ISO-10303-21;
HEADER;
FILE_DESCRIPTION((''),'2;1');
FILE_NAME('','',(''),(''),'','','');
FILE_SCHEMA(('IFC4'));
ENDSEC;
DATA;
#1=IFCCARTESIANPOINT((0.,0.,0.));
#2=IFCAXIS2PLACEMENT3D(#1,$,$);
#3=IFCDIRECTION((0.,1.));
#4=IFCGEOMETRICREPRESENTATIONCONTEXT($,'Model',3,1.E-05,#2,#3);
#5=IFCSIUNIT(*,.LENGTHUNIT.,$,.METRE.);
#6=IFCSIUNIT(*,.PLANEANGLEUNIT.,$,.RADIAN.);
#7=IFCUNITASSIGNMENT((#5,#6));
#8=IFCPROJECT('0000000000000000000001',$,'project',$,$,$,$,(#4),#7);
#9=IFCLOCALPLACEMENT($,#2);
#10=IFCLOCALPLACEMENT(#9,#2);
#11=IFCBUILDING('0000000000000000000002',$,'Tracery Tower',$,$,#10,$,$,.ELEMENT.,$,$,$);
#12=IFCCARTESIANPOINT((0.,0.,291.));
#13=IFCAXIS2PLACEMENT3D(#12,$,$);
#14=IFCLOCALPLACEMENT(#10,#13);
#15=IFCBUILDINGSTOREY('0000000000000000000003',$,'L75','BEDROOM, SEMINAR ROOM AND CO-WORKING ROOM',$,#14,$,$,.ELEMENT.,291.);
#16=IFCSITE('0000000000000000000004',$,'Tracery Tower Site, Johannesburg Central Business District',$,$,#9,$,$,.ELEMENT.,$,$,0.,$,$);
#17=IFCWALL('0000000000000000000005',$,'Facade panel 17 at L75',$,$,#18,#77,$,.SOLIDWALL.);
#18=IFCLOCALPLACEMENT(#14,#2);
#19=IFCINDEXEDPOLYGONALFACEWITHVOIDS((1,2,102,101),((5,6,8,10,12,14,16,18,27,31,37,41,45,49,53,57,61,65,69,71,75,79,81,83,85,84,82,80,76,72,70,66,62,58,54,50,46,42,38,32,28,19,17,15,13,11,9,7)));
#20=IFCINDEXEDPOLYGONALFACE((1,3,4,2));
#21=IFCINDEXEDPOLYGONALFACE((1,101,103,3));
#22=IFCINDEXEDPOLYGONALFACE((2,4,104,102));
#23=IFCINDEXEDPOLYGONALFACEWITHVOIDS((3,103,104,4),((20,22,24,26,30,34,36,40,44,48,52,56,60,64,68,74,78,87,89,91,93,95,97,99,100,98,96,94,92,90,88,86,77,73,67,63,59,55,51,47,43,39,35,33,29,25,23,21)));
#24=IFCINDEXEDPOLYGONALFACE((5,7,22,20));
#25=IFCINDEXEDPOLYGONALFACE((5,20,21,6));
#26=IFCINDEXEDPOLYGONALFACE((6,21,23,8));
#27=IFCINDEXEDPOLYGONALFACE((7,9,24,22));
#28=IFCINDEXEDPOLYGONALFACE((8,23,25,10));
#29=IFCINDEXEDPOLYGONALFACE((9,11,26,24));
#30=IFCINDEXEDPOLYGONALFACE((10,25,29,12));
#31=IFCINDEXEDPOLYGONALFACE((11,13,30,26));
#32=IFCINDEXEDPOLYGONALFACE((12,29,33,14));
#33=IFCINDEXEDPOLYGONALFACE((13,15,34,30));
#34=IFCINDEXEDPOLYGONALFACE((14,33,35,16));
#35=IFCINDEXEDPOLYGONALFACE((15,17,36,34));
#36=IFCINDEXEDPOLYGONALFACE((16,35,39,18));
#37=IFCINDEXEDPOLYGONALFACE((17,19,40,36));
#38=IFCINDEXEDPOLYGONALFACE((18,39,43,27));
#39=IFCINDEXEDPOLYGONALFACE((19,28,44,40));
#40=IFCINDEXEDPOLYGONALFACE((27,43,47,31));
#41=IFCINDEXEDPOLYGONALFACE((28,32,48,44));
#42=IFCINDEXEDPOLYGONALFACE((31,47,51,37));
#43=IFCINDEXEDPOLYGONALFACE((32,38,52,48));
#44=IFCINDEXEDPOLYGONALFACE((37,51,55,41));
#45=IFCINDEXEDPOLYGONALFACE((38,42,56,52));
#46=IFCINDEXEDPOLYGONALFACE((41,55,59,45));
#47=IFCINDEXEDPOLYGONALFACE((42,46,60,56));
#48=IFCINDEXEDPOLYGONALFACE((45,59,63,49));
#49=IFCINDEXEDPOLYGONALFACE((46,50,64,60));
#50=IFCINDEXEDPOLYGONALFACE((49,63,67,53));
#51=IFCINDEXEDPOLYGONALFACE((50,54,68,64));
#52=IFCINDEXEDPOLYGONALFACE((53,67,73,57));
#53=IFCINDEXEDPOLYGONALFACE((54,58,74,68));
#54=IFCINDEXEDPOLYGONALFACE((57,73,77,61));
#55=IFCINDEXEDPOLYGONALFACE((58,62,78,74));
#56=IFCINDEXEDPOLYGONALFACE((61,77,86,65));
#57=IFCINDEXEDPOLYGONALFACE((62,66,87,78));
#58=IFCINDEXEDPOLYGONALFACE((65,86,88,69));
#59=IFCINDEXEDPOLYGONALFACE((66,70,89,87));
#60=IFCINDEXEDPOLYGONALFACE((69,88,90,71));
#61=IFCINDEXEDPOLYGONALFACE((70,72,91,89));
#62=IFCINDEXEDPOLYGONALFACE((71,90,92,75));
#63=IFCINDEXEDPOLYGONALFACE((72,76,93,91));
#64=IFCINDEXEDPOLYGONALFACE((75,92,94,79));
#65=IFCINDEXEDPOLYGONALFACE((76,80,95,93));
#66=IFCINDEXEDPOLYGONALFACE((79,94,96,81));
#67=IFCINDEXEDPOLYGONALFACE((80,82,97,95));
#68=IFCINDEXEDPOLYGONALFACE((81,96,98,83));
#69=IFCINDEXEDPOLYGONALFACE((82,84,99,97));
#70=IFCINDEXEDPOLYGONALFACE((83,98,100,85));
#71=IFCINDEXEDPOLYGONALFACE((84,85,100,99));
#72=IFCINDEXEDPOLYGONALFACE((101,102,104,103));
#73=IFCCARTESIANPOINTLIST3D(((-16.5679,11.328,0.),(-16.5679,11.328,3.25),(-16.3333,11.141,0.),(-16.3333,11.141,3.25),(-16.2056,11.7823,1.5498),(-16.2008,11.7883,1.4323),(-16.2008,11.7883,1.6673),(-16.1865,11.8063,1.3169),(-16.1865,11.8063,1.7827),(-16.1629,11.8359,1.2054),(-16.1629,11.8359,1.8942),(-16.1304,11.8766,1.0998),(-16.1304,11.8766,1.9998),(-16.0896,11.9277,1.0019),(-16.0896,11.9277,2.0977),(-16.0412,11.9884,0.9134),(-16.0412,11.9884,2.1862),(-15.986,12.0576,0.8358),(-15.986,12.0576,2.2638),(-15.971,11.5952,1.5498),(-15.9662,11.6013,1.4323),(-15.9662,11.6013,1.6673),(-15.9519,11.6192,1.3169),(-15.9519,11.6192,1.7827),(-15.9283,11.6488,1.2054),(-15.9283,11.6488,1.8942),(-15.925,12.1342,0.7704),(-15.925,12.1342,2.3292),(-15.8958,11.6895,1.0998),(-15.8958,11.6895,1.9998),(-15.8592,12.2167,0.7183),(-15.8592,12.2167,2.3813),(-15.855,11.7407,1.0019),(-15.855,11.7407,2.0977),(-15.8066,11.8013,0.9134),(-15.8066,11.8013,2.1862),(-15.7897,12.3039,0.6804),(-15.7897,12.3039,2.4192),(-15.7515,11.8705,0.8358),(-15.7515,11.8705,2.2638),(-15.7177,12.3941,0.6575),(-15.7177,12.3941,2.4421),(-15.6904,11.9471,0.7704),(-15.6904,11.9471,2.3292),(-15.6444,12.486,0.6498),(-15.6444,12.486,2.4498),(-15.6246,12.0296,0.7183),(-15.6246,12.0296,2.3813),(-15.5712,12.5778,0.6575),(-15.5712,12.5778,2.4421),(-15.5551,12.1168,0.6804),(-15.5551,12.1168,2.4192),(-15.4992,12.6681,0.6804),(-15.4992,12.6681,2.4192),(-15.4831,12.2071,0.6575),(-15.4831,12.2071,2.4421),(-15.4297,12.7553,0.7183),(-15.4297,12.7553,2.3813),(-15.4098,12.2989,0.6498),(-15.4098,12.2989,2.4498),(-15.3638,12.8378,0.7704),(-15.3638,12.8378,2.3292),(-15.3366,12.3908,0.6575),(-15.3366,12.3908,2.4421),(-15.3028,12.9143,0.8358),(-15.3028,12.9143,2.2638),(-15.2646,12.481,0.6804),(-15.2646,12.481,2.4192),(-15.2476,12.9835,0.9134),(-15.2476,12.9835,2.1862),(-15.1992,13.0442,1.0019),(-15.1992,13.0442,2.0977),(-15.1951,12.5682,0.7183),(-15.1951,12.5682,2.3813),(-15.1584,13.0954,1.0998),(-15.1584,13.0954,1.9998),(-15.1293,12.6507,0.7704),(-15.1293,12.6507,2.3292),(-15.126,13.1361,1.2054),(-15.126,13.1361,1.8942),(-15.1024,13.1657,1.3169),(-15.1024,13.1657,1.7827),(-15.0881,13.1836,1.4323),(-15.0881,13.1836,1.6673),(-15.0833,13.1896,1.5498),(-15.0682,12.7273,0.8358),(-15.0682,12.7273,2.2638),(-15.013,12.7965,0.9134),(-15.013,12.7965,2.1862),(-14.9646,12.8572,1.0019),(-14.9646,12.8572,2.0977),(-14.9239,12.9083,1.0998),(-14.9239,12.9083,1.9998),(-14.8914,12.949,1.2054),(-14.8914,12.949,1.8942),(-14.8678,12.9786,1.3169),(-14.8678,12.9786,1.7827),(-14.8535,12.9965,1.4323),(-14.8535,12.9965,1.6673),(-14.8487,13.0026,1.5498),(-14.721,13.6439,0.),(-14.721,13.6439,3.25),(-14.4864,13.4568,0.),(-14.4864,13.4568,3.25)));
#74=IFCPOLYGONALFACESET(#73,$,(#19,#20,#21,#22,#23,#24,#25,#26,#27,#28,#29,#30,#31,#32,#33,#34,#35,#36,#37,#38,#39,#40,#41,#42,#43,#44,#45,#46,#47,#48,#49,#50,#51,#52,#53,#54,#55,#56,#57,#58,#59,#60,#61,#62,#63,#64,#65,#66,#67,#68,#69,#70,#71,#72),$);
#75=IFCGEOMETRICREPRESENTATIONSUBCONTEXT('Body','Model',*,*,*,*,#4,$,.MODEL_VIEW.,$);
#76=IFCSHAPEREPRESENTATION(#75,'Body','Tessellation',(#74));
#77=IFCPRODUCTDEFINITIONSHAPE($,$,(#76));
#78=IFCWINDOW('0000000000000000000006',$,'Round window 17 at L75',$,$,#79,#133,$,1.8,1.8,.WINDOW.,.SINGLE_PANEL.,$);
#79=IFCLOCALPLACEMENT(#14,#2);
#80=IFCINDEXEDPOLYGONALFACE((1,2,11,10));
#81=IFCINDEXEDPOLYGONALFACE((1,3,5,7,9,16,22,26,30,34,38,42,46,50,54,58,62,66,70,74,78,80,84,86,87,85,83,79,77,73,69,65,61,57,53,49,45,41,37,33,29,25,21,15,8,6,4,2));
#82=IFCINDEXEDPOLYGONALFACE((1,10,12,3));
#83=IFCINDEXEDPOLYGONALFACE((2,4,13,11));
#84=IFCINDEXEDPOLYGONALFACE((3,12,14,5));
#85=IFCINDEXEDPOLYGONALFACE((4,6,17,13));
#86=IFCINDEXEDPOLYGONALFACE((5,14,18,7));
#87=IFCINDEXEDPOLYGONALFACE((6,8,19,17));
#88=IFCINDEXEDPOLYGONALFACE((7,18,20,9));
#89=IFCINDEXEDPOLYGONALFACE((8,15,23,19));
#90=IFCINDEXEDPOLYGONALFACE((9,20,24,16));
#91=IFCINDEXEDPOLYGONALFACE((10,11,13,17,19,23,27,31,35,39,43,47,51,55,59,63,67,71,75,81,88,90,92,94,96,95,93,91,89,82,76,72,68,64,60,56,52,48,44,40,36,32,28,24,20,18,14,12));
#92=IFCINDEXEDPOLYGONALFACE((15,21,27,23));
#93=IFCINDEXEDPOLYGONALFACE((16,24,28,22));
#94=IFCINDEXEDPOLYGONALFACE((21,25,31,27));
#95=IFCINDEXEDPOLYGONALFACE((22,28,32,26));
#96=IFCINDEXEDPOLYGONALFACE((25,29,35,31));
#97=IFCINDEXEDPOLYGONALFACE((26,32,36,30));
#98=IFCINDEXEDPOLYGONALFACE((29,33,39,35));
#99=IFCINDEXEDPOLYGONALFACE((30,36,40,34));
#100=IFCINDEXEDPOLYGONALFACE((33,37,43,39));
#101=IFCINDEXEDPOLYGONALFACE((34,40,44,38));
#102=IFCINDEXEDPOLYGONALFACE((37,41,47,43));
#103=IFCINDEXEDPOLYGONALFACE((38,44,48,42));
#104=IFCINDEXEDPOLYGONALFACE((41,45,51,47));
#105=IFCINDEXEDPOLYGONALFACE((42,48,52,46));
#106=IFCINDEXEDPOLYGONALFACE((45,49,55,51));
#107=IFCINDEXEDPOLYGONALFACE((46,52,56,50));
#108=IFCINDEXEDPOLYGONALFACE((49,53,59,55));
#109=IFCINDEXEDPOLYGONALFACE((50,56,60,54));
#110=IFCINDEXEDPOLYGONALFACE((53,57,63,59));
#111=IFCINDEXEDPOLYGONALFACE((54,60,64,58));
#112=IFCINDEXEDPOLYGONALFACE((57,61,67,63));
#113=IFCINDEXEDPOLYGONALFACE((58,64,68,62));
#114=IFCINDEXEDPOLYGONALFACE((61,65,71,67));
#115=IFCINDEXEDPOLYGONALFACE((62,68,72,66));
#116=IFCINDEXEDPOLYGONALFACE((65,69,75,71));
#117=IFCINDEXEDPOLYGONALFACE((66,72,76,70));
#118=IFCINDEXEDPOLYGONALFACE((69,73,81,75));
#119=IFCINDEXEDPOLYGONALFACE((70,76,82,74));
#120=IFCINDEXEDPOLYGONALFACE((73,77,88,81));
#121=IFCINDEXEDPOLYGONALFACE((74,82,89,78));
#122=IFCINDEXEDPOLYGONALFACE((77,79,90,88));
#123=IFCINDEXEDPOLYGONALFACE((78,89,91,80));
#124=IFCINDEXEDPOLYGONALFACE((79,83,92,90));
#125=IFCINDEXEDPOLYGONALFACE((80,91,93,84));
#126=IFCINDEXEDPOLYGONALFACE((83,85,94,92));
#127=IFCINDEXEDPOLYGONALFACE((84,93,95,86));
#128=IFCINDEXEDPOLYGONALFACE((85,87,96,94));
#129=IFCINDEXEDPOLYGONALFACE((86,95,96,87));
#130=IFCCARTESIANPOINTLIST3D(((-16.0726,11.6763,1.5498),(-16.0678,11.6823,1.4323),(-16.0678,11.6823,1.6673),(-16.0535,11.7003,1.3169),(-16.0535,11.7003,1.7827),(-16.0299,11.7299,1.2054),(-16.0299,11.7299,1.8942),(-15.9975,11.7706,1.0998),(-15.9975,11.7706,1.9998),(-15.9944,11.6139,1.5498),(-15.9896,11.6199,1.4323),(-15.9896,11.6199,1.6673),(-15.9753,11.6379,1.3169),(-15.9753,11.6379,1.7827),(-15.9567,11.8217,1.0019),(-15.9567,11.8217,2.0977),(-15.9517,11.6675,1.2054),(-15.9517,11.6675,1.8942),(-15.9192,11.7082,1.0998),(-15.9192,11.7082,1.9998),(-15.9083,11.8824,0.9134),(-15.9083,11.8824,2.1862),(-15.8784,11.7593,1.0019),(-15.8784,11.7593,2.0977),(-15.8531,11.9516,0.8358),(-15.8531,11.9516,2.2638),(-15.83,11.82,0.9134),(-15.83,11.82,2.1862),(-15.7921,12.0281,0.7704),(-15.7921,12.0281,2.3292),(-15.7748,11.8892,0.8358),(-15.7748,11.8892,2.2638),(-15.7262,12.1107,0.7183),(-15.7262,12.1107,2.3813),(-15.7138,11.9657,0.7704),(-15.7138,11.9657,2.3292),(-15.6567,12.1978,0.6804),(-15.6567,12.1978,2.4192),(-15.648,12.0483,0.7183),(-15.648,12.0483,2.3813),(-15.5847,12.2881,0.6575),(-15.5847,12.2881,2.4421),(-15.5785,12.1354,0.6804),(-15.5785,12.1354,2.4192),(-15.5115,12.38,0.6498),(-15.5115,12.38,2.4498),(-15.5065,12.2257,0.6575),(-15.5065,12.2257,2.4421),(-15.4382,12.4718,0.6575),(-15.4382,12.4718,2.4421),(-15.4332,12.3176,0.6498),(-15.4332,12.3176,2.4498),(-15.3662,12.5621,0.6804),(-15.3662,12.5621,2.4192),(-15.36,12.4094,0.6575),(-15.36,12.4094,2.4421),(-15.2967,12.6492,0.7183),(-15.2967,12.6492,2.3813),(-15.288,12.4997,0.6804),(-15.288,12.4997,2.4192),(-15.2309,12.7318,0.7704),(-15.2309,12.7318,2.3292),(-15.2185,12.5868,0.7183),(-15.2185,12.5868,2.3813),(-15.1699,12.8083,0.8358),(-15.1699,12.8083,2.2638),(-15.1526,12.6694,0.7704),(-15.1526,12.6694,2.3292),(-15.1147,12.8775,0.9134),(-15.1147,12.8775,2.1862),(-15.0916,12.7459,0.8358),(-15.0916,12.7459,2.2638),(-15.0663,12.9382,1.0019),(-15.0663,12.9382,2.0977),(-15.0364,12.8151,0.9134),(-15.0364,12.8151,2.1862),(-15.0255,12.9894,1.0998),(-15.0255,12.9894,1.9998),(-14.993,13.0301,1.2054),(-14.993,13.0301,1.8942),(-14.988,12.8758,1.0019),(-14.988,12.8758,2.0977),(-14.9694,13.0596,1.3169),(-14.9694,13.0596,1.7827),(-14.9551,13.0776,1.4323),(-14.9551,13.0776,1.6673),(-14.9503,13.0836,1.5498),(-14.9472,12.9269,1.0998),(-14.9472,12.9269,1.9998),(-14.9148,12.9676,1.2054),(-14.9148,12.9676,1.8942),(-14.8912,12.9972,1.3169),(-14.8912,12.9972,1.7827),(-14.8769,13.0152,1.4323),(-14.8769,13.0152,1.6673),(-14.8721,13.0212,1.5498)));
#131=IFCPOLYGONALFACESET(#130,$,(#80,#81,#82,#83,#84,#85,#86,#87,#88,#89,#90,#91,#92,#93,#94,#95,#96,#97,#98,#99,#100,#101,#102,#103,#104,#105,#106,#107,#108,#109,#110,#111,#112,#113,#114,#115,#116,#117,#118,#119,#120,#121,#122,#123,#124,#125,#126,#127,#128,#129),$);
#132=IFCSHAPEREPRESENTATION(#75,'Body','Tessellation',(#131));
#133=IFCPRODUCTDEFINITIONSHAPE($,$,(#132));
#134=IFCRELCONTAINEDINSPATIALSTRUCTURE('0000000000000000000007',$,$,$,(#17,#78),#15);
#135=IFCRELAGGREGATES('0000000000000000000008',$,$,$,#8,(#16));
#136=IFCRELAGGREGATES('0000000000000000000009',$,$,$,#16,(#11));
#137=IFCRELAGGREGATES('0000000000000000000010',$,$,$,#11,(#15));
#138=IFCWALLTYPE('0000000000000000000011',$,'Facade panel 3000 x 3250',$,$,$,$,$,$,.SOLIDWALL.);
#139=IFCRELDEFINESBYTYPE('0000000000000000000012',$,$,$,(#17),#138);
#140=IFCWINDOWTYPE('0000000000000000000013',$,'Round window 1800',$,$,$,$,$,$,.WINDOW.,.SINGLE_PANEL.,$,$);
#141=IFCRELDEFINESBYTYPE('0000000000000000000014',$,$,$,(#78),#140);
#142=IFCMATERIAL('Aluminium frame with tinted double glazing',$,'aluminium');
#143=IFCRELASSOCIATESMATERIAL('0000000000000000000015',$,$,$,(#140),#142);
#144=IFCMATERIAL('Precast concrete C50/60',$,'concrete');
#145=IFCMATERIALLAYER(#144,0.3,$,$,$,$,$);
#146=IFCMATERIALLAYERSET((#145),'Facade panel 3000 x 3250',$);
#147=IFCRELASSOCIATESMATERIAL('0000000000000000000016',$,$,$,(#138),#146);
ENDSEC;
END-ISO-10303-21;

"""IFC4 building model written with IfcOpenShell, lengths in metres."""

from ifc_helpers import new_model, si_unit, direction, frame, frame_2d, origin, origin_2d, place, context, subcontext, project, spatial, rectangle, circle, extrude, material, layer, layer_set, type_object, element, fill, save


model = new_model("IFC4")

# Units and contexts
model_context = context("Model", 3, precision=1e-05, world=origin(), true_north=direction((0.0, 1.0)))
body_context = subcontext(model_context, "Body", "Model", "MODEL_VIEW")
ifc_project = project(units=[si_unit("LENGTHUNIT", "METRE"), si_unit("PLANEANGLEUNIT", "RADIAN")], contexts=[model_context])

# Site, building, storey
site_placement = place(None, origin())
site = spatial("IfcSite", under=ifc_project, at=site_placement, Name="Tracery Tower Site, Johannesburg Central Business District", CompositionType="ELEMENT", RefElevation=0.0)
building_placement = place(site_placement, origin())
building = spatial("IfcBuilding", under=site, at=building_placement, Name="Tracery Tower", CompositionType="ELEMENT")
storey_placement = place(building_placement, frame((0.0, 0.0, 291.0)))
storey = spatial("IfcBuildingStorey", under=building, at=storey_placement, Name="L75", Description="BEDROOM, SEMINAR ROOM AND CO-WORKING ROOM", CompositionType="ELEMENT", Elevation=291.0)

# Wall, opening, window
ifc_material_1 = material(Name="Aluminium frame with tinted double glazing", Category="aluminium")
window_type = type_object("IfcWindowType", Name="Round window 1800", PartitioningType="SINGLE_PANEL", PredefinedType="WINDOW", material=ifc_material_1)
ifc_material_2 = material(Name="Precast concrete C50/60", Category="concrete")
ifc_layer_1 = layer(ifc_material_2, 0.3)
ifc_layer_set_1 = layer_set([ifc_layer_1], Name="Facade panel 3000 x 3250")
wall_type_1 = type_object("IfcWallType", Name="Facade panel 3000 x 3250", PredefinedType="SOLIDWALL", material=ifc_layer_set_1)
wall_1_placement = place(storey_placement, frame((-14.6038, 13.5503, 0.0), z_axis=(0.0, 0.0, 1.0), x_axis=(-0.623498, -0.781825, 0.0)))
wall_1 = element("IfcWall", 1, at=wall_1_placement, inside=storey, type_object=wall_type_1, Name="Facade panel 17 at L75", PredefinedType="SOLIDWALL", context=body_context, shape_type="SweptSolid", body=[
    extrude(rectangle(XDim=2.9622, YDim=0.3, at=frame_2d((1.481, 0.0))), origin(), (0.0, 0.0, 1.0), 3.25),
])
opening_1_placement = place(wall_1_placement, frame((1.481, 0.0, 1.5498)))
opening_1 = element("IfcOpeningElement", 2, at=opening_1_placement, cuts=wall_1, PredefinedType="OPENING", context=body_context, shape_type="SweptSolid", body=[
    extrude(circle(Radius=0.9, at=origin_2d()), frame((0.0, 0.1599, 0.0), z_axis=(0.0, -1.0, 0.0), x_axis=(1.0, 0.0, 0.0)), (0.0, 0.0, 1.0), 0.3201),
])
window_1_placement = place(opening_1_placement, origin())
window_1 = element("IfcWindow", 3, at=window_1_placement, inside=storey, type_object=window_type, Name="Round window 17 at L75", OverallHeight=1.8, OverallWidth=1.8, PartitioningType="SINGLE_PANEL", PredefinedType="WINDOW", context=body_context, shape_type="SweptSolid", body=[
    extrude(circle(Radius=0.9, at=origin_2d()), frame((0.0, 0.1201, 0.0), z_axis=(0.0, -1.0, 0.0), x_axis=(1.0, 0.0, 0.0)), (0.0, 0.0, 1.0), 0.1001),
])
fill(opening_1, window_1)

save(model, "model.ifc")
